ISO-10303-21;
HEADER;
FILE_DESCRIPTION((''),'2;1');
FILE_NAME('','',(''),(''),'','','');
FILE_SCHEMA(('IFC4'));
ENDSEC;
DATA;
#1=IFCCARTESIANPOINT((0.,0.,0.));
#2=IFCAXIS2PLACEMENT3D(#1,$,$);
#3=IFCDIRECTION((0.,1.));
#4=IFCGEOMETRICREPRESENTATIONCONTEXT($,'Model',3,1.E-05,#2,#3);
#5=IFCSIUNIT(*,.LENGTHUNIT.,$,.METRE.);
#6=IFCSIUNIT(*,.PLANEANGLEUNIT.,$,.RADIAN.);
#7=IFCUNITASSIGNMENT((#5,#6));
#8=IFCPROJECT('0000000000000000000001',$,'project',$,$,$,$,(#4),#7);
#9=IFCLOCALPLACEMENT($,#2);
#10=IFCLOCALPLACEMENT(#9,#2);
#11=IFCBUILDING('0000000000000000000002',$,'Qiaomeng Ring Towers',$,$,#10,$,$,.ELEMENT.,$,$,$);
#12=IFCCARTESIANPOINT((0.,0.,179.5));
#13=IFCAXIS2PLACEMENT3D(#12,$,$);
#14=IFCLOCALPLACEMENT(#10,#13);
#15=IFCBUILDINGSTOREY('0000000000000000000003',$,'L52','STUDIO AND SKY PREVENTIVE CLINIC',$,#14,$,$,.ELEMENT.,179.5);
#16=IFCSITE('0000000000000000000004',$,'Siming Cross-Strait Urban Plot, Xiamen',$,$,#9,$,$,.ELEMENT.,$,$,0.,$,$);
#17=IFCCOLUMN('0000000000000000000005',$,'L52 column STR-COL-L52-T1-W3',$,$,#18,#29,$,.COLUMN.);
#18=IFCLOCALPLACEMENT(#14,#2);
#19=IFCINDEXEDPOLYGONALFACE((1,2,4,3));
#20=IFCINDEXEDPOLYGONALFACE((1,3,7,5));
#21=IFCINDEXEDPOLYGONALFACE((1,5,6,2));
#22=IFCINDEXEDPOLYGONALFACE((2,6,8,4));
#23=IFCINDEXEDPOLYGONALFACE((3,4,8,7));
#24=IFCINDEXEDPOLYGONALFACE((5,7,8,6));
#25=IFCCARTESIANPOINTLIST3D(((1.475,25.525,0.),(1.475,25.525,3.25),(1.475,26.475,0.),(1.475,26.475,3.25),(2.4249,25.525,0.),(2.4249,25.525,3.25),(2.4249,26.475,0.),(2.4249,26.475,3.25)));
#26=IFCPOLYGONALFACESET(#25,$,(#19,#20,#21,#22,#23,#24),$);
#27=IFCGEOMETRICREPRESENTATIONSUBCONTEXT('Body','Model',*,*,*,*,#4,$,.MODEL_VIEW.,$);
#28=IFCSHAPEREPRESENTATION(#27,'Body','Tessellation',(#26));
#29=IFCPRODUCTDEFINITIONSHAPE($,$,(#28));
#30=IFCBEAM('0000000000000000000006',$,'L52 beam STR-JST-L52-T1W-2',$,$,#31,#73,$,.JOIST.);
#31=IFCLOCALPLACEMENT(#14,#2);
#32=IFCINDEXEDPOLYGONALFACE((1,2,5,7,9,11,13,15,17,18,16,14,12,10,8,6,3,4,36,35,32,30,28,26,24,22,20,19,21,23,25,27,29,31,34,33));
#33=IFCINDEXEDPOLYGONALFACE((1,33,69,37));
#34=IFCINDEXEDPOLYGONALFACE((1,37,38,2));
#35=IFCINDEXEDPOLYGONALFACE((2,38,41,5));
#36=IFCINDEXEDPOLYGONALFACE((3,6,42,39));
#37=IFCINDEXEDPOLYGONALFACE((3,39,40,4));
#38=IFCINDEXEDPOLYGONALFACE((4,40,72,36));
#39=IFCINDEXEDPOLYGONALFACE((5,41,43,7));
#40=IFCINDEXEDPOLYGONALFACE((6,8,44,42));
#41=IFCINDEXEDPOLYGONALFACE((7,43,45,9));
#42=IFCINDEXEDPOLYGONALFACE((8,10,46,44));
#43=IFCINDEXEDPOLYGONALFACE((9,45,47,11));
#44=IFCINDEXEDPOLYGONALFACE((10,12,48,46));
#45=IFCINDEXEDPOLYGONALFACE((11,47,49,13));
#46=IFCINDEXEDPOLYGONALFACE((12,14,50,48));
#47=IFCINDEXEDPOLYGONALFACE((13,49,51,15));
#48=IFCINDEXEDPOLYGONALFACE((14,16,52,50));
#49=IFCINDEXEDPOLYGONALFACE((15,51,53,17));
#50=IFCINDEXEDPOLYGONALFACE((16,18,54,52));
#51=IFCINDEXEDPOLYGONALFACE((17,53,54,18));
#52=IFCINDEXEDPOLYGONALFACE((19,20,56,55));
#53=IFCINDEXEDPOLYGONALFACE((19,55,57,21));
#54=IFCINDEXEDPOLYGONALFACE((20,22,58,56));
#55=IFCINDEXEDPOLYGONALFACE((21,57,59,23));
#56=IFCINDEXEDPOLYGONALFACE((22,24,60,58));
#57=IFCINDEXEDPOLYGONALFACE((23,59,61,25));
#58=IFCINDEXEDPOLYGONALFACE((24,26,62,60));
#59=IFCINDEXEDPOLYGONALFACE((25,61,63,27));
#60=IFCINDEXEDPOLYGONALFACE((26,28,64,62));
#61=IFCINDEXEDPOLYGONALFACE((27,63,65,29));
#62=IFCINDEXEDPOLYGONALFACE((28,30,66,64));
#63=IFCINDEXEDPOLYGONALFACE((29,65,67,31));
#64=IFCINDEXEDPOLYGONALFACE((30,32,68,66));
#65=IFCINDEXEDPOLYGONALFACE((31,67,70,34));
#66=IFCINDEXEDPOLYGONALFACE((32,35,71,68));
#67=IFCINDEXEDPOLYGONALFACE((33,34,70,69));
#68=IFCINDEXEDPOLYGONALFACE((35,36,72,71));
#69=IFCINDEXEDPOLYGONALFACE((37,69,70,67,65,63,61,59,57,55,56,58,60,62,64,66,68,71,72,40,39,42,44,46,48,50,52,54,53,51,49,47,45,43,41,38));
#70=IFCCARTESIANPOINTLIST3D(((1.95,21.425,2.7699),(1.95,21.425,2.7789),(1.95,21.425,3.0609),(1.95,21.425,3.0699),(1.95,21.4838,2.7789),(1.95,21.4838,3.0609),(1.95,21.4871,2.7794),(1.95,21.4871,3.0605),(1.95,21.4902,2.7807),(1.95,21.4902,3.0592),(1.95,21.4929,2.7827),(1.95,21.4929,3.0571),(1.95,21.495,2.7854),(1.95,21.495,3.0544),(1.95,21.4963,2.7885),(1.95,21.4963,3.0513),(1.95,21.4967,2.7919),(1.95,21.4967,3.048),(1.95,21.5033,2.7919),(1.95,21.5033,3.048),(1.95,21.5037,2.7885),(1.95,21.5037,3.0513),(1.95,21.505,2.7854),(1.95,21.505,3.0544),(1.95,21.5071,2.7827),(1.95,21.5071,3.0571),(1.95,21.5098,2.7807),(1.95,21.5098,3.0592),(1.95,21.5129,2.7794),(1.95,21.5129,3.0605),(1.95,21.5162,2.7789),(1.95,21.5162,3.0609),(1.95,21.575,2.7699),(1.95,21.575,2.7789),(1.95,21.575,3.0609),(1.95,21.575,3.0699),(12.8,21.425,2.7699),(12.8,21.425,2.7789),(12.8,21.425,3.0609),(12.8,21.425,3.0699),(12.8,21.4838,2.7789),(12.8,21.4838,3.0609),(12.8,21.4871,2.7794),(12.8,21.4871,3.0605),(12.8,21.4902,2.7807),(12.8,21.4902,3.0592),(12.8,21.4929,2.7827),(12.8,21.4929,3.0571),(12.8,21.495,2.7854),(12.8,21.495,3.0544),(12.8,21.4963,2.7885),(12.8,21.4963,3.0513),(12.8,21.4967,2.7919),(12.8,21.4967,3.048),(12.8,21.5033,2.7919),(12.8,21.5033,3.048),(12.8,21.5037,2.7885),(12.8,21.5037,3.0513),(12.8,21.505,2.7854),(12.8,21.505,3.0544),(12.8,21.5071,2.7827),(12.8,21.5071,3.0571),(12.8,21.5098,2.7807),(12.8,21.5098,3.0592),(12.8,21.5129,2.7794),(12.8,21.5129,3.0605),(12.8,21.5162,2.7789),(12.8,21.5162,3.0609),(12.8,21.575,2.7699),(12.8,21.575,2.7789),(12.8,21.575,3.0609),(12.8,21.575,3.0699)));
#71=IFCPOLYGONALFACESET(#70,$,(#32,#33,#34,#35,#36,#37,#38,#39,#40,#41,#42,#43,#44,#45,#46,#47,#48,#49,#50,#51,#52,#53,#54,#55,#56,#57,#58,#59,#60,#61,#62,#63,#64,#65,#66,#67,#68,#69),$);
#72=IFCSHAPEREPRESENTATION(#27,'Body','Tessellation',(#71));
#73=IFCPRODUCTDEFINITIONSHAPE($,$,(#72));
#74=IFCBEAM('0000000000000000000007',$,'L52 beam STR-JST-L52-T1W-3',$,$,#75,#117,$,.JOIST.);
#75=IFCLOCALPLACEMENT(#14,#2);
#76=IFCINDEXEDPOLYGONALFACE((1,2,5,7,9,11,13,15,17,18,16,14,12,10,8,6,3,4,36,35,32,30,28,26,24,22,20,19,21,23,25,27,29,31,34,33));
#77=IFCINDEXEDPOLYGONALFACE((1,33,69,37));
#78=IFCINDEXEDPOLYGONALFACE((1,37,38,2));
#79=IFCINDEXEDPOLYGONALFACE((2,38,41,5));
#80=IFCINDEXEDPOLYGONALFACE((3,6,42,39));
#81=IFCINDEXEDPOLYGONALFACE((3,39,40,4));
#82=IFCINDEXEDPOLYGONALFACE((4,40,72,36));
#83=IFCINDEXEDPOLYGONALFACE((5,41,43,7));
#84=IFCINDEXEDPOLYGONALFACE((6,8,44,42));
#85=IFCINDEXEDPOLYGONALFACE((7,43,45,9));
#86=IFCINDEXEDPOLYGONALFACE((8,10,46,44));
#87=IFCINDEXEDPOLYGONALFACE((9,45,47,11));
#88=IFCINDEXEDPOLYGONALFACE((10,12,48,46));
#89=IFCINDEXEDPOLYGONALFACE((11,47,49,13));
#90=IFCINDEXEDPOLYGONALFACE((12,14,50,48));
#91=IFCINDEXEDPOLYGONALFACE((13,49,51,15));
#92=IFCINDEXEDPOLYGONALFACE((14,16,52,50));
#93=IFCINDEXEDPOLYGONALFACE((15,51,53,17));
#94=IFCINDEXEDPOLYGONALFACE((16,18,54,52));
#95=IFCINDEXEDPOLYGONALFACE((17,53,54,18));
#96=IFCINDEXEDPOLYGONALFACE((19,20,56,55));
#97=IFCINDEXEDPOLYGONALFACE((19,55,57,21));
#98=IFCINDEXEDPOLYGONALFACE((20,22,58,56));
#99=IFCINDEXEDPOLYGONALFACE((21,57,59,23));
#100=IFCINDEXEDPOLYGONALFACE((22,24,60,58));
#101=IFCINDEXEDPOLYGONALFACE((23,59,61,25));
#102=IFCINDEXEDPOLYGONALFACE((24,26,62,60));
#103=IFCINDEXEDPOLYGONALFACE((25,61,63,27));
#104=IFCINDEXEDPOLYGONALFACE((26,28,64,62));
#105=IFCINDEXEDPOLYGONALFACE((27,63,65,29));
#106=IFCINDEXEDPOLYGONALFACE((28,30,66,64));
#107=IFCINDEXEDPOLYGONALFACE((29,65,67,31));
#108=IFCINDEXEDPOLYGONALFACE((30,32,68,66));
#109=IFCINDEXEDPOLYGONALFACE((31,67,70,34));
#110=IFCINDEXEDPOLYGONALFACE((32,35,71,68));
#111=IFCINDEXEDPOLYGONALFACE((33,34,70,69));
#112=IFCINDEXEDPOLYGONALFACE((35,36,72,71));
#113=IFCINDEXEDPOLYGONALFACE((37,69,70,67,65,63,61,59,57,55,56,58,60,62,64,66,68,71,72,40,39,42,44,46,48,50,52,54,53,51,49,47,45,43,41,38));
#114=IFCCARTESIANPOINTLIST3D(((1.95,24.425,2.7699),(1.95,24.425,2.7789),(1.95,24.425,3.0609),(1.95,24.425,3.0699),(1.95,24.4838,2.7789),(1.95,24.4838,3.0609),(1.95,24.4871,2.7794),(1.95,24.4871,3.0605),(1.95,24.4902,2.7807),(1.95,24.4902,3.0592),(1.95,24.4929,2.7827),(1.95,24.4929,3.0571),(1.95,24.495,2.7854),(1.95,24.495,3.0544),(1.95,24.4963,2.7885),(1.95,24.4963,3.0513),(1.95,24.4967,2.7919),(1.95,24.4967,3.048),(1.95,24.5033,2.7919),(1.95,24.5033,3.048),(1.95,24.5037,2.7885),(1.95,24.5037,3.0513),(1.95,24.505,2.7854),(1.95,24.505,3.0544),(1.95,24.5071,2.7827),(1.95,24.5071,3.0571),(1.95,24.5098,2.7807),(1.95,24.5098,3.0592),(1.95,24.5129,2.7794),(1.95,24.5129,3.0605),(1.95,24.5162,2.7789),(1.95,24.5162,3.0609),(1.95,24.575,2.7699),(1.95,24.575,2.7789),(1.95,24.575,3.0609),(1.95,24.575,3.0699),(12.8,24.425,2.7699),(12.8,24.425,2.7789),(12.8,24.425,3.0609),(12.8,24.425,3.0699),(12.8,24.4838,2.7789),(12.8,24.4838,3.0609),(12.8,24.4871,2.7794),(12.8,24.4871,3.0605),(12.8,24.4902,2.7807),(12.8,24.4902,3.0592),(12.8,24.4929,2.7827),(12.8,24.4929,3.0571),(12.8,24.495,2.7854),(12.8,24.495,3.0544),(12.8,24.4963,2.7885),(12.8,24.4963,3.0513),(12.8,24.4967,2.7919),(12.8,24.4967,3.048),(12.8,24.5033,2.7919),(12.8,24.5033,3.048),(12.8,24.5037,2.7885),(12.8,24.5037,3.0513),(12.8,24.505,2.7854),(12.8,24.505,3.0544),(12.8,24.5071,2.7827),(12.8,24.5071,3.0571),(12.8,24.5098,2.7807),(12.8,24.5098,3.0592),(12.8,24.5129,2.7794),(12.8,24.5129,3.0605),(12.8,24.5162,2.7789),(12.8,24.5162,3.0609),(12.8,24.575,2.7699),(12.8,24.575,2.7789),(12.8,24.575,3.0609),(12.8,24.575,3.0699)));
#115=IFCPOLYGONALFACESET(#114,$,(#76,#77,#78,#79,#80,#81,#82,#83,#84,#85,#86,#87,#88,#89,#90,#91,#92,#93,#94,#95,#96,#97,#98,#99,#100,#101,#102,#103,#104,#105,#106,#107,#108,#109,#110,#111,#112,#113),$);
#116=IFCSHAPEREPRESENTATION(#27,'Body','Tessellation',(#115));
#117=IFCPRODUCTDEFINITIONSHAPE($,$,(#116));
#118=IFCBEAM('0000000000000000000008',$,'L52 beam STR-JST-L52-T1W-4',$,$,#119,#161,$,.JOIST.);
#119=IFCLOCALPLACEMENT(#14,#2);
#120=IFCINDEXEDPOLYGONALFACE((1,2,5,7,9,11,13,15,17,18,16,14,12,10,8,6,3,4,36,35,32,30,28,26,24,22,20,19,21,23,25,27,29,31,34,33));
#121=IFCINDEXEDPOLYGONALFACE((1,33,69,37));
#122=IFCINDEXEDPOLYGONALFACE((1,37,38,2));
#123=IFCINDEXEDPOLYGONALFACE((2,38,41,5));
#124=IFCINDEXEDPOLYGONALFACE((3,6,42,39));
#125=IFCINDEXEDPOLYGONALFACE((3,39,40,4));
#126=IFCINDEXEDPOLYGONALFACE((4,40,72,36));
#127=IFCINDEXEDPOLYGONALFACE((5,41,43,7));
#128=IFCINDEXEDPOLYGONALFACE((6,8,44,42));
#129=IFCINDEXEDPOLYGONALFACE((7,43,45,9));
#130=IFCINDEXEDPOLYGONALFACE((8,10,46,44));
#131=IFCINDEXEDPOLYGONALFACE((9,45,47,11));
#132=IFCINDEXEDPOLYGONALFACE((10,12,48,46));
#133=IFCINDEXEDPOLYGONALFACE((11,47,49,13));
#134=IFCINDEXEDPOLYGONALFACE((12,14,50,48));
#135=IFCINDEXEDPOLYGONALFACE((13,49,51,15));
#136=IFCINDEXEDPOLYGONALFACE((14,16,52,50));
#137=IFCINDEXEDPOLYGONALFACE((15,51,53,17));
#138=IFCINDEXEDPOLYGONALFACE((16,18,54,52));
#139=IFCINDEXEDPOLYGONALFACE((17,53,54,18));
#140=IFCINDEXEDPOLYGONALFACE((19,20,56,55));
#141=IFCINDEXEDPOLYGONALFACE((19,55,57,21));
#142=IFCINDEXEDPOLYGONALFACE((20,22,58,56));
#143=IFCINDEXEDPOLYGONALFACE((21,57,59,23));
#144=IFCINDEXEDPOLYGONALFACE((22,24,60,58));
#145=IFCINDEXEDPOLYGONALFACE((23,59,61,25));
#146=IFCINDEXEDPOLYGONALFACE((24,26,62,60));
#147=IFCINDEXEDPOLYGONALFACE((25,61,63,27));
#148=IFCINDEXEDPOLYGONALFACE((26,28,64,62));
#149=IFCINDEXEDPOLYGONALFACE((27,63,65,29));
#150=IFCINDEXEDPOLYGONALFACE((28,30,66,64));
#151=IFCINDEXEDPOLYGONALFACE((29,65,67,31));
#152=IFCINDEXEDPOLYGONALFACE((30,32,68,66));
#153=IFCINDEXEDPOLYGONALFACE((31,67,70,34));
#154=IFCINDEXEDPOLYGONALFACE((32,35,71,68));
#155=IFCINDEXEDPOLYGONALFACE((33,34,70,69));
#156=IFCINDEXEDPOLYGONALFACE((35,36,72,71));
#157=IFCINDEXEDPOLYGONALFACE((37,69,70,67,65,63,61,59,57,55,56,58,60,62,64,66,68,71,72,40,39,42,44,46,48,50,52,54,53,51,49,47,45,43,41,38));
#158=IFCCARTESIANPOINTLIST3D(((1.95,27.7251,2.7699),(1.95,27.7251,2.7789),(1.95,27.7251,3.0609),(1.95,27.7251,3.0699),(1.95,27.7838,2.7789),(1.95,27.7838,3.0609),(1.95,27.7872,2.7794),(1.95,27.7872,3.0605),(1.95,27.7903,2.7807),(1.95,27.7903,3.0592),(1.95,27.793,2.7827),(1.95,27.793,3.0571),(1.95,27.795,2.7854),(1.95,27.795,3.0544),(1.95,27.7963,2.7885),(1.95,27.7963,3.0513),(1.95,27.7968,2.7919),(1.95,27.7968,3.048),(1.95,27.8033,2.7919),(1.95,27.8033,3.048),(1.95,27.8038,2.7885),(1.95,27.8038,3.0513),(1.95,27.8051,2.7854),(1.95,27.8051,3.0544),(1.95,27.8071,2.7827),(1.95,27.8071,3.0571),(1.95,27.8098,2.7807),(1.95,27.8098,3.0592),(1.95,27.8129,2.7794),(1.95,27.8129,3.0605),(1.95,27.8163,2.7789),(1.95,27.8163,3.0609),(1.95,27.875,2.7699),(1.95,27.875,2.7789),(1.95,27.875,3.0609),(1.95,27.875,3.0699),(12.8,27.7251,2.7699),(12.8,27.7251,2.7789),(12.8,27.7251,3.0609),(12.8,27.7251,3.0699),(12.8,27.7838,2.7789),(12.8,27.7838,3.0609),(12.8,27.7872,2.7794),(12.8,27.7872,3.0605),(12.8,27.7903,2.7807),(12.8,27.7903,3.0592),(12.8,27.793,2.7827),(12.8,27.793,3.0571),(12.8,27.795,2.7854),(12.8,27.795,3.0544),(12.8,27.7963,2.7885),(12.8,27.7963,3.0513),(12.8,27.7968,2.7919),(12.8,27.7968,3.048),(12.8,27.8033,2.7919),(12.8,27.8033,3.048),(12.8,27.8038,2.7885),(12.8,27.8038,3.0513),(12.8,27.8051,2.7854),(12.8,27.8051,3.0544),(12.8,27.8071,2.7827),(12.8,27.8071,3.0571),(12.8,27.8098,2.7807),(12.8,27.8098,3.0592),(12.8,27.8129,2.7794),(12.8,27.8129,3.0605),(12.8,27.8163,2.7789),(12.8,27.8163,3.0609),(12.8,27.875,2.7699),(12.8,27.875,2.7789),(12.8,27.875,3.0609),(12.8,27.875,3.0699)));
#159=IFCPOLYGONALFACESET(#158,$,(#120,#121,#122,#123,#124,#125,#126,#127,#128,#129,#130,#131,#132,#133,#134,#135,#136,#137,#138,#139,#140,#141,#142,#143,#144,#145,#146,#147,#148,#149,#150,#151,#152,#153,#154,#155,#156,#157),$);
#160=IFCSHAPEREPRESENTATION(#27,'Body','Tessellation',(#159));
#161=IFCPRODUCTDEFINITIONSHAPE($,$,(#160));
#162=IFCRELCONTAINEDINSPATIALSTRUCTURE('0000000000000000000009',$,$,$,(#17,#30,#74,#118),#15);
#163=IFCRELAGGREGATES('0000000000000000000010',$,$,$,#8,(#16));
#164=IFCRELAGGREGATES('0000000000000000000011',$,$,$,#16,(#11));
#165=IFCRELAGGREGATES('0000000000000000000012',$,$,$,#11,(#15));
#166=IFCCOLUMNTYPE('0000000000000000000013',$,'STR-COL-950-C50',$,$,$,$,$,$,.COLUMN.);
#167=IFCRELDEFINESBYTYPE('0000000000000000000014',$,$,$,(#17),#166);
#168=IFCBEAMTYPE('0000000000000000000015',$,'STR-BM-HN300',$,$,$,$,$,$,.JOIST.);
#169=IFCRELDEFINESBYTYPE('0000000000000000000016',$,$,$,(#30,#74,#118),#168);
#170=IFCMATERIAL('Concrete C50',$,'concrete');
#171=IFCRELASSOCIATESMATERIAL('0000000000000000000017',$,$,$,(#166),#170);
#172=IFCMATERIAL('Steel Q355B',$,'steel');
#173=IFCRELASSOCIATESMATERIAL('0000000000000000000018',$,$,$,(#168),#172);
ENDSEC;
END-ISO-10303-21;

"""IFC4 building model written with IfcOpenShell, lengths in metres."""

from ifc_helpers import new_model, si_unit, direction, frame, origin, origin_2d, place, context, subcontext, project, spatial, rectangle, i_section, extrude, source, transform, mapped, material, material_profile, profile_set, type_object, element, save


model = new_model("IFC4")

# Units and contexts
model_context = context("Model", 3, precision=1e-05, world=origin(), true_north=direction((0.0, 1.0)))
body_context = subcontext(model_context, "Body", "Model", "MODEL_VIEW")
ifc_project = project(units=[si_unit("LENGTHUNIT", "METRE"), si_unit("PLANEANGLEUNIT", "RADIAN")], contexts=[model_context])

# Site, building, storey
site_placement = place(None, origin())
site = spatial("IfcSite", under=ifc_project, at=site_placement, Name="Siming Cross-Strait Urban Plot, Xiamen", CompositionType="ELEMENT", RefElevation=0.0)
building_placement = place(site_placement, origin())
building = spatial("IfcBuilding", under=site, at=building_placement, Name="Qiaomeng Ring Towers", CompositionType="ELEMENT")
storey_placement = place(building_placement, frame((0.0, 0.0, 179.5)))
storey = spatial("IfcBuildingStorey", under=building, at=storey_placement, Name="L52", Description="STUDIO AND SKY PREVENTIVE CLINIC", CompositionType="ELEMENT", Elevation=179.5)

# Column
ifc_material_1 = material(Name="Concrete C50", Category="concrete")
ifc_material_profile_1 = material_profile(ifc_material_1, rectangle(XDim=0.95, YDim=0.95, at=origin_2d()), Name="RC COL 950x950")
ifc_profile_set_1 = profile_set([ifc_material_profile_1], Name="Concrete C50")
column_type = type_object("IfcColumnType", Name="STR-COL-950-C50", PredefinedType="COLUMN", material=ifc_profile_set_1)
shared_shape_1 = source(origin(), body_context, "Body", "SweptSolid", [
    extrude(rectangle(XDim=0.95, YDim=0.95, at=origin_2d()), origin(), (0.0, 0.0, 1.0), 3.25),
])
column_placement = place(storey_placement, frame((1.95, 26.0, 0.0), z_axis=(0.0, 0.0, 1.0), x_axis=(1.0, 0.0, 0.0)))
element("IfcColumn", 1, at=column_placement, inside=storey, type_object=column_type, Name="L52 column STR-COL-L52-T1-W3", PredefinedType="COLUMN", context=body_context, shape_type="MappedRepresentation", body=[
    mapped(shared_shape_1, transform((0.0, 0.0, 0.0), x_axis=(1.0, 0.0, 0.0), y_axis=(0.0, 1.0, 0.0), z_axis=(0.0, 0.0, 1.0), scale=1.0)),
])

# Beams
ifc_material_2 = material(Name="Steel Q355B", Category="steel")
ifc_material_profile_2 = material_profile(ifc_material_2, i_section(OverallWidth=0.1499, OverallDepth=0.3, WebThickness=0.0066, FlangeThickness=0.009, FilletRadius=0.0129, at=origin_2d()), Name="HN 300x150x6.5x9")
ifc_profile_set_2 = profile_set([ifc_material_profile_2], Name="Steel Q355B")
beam_type_1 = type_object("IfcBeamType", Name="STR-BM-HN300", PredefinedType="JOIST", material=ifc_profile_set_2)
shared_shape_2 = source(origin(), body_context, "Body", "SweptSolid", [
    extrude(i_section(OverallWidth=0.1499, OverallDepth=0.3, WebThickness=0.0066, FlangeThickness=0.009, FilletRadius=0.0129, at=origin_2d()), origin(), (0.0, 0.0, 1.0), 10.8501),
])
for number, where, z_axis, x_axis, name in (
    (2, (1.95, 21.5, 2.9199), (1.0, 0.0, 0.0), (0.0, 1.0, 0.0), "L52 beam STR-JST-L52-T1W-2"),
    (3, (1.95, 24.5, 2.9199), (1.0, 0.0, 0.0), (0.0, 1.0, 0.0), "L52 beam STR-JST-L52-T1W-3"),
    (4, (1.95, 27.8, 2.9199), (1.0, 0.0, 0.0), (0.0, 1.0, 0.0), "L52 beam STR-JST-L52-T1W-4"),
):
    element("IfcBeam", number, at=place(storey_placement, frame(where, z_axis=z_axis, x_axis=x_axis)), inside=storey, type_object=beam_type_1, Name=name, PredefinedType="JOIST", context=body_context, shape_type="MappedRepresentation", body=[
        mapped(shared_shape_2, transform((0.0, 0.0, 0.0), x_axis=(1.0, 0.0, 0.0), y_axis=(0.0, 1.0, 0.0), z_axis=(0.0, 0.0, 1.0), scale=1.0)),
    ])

save(model, "model.ifc")
